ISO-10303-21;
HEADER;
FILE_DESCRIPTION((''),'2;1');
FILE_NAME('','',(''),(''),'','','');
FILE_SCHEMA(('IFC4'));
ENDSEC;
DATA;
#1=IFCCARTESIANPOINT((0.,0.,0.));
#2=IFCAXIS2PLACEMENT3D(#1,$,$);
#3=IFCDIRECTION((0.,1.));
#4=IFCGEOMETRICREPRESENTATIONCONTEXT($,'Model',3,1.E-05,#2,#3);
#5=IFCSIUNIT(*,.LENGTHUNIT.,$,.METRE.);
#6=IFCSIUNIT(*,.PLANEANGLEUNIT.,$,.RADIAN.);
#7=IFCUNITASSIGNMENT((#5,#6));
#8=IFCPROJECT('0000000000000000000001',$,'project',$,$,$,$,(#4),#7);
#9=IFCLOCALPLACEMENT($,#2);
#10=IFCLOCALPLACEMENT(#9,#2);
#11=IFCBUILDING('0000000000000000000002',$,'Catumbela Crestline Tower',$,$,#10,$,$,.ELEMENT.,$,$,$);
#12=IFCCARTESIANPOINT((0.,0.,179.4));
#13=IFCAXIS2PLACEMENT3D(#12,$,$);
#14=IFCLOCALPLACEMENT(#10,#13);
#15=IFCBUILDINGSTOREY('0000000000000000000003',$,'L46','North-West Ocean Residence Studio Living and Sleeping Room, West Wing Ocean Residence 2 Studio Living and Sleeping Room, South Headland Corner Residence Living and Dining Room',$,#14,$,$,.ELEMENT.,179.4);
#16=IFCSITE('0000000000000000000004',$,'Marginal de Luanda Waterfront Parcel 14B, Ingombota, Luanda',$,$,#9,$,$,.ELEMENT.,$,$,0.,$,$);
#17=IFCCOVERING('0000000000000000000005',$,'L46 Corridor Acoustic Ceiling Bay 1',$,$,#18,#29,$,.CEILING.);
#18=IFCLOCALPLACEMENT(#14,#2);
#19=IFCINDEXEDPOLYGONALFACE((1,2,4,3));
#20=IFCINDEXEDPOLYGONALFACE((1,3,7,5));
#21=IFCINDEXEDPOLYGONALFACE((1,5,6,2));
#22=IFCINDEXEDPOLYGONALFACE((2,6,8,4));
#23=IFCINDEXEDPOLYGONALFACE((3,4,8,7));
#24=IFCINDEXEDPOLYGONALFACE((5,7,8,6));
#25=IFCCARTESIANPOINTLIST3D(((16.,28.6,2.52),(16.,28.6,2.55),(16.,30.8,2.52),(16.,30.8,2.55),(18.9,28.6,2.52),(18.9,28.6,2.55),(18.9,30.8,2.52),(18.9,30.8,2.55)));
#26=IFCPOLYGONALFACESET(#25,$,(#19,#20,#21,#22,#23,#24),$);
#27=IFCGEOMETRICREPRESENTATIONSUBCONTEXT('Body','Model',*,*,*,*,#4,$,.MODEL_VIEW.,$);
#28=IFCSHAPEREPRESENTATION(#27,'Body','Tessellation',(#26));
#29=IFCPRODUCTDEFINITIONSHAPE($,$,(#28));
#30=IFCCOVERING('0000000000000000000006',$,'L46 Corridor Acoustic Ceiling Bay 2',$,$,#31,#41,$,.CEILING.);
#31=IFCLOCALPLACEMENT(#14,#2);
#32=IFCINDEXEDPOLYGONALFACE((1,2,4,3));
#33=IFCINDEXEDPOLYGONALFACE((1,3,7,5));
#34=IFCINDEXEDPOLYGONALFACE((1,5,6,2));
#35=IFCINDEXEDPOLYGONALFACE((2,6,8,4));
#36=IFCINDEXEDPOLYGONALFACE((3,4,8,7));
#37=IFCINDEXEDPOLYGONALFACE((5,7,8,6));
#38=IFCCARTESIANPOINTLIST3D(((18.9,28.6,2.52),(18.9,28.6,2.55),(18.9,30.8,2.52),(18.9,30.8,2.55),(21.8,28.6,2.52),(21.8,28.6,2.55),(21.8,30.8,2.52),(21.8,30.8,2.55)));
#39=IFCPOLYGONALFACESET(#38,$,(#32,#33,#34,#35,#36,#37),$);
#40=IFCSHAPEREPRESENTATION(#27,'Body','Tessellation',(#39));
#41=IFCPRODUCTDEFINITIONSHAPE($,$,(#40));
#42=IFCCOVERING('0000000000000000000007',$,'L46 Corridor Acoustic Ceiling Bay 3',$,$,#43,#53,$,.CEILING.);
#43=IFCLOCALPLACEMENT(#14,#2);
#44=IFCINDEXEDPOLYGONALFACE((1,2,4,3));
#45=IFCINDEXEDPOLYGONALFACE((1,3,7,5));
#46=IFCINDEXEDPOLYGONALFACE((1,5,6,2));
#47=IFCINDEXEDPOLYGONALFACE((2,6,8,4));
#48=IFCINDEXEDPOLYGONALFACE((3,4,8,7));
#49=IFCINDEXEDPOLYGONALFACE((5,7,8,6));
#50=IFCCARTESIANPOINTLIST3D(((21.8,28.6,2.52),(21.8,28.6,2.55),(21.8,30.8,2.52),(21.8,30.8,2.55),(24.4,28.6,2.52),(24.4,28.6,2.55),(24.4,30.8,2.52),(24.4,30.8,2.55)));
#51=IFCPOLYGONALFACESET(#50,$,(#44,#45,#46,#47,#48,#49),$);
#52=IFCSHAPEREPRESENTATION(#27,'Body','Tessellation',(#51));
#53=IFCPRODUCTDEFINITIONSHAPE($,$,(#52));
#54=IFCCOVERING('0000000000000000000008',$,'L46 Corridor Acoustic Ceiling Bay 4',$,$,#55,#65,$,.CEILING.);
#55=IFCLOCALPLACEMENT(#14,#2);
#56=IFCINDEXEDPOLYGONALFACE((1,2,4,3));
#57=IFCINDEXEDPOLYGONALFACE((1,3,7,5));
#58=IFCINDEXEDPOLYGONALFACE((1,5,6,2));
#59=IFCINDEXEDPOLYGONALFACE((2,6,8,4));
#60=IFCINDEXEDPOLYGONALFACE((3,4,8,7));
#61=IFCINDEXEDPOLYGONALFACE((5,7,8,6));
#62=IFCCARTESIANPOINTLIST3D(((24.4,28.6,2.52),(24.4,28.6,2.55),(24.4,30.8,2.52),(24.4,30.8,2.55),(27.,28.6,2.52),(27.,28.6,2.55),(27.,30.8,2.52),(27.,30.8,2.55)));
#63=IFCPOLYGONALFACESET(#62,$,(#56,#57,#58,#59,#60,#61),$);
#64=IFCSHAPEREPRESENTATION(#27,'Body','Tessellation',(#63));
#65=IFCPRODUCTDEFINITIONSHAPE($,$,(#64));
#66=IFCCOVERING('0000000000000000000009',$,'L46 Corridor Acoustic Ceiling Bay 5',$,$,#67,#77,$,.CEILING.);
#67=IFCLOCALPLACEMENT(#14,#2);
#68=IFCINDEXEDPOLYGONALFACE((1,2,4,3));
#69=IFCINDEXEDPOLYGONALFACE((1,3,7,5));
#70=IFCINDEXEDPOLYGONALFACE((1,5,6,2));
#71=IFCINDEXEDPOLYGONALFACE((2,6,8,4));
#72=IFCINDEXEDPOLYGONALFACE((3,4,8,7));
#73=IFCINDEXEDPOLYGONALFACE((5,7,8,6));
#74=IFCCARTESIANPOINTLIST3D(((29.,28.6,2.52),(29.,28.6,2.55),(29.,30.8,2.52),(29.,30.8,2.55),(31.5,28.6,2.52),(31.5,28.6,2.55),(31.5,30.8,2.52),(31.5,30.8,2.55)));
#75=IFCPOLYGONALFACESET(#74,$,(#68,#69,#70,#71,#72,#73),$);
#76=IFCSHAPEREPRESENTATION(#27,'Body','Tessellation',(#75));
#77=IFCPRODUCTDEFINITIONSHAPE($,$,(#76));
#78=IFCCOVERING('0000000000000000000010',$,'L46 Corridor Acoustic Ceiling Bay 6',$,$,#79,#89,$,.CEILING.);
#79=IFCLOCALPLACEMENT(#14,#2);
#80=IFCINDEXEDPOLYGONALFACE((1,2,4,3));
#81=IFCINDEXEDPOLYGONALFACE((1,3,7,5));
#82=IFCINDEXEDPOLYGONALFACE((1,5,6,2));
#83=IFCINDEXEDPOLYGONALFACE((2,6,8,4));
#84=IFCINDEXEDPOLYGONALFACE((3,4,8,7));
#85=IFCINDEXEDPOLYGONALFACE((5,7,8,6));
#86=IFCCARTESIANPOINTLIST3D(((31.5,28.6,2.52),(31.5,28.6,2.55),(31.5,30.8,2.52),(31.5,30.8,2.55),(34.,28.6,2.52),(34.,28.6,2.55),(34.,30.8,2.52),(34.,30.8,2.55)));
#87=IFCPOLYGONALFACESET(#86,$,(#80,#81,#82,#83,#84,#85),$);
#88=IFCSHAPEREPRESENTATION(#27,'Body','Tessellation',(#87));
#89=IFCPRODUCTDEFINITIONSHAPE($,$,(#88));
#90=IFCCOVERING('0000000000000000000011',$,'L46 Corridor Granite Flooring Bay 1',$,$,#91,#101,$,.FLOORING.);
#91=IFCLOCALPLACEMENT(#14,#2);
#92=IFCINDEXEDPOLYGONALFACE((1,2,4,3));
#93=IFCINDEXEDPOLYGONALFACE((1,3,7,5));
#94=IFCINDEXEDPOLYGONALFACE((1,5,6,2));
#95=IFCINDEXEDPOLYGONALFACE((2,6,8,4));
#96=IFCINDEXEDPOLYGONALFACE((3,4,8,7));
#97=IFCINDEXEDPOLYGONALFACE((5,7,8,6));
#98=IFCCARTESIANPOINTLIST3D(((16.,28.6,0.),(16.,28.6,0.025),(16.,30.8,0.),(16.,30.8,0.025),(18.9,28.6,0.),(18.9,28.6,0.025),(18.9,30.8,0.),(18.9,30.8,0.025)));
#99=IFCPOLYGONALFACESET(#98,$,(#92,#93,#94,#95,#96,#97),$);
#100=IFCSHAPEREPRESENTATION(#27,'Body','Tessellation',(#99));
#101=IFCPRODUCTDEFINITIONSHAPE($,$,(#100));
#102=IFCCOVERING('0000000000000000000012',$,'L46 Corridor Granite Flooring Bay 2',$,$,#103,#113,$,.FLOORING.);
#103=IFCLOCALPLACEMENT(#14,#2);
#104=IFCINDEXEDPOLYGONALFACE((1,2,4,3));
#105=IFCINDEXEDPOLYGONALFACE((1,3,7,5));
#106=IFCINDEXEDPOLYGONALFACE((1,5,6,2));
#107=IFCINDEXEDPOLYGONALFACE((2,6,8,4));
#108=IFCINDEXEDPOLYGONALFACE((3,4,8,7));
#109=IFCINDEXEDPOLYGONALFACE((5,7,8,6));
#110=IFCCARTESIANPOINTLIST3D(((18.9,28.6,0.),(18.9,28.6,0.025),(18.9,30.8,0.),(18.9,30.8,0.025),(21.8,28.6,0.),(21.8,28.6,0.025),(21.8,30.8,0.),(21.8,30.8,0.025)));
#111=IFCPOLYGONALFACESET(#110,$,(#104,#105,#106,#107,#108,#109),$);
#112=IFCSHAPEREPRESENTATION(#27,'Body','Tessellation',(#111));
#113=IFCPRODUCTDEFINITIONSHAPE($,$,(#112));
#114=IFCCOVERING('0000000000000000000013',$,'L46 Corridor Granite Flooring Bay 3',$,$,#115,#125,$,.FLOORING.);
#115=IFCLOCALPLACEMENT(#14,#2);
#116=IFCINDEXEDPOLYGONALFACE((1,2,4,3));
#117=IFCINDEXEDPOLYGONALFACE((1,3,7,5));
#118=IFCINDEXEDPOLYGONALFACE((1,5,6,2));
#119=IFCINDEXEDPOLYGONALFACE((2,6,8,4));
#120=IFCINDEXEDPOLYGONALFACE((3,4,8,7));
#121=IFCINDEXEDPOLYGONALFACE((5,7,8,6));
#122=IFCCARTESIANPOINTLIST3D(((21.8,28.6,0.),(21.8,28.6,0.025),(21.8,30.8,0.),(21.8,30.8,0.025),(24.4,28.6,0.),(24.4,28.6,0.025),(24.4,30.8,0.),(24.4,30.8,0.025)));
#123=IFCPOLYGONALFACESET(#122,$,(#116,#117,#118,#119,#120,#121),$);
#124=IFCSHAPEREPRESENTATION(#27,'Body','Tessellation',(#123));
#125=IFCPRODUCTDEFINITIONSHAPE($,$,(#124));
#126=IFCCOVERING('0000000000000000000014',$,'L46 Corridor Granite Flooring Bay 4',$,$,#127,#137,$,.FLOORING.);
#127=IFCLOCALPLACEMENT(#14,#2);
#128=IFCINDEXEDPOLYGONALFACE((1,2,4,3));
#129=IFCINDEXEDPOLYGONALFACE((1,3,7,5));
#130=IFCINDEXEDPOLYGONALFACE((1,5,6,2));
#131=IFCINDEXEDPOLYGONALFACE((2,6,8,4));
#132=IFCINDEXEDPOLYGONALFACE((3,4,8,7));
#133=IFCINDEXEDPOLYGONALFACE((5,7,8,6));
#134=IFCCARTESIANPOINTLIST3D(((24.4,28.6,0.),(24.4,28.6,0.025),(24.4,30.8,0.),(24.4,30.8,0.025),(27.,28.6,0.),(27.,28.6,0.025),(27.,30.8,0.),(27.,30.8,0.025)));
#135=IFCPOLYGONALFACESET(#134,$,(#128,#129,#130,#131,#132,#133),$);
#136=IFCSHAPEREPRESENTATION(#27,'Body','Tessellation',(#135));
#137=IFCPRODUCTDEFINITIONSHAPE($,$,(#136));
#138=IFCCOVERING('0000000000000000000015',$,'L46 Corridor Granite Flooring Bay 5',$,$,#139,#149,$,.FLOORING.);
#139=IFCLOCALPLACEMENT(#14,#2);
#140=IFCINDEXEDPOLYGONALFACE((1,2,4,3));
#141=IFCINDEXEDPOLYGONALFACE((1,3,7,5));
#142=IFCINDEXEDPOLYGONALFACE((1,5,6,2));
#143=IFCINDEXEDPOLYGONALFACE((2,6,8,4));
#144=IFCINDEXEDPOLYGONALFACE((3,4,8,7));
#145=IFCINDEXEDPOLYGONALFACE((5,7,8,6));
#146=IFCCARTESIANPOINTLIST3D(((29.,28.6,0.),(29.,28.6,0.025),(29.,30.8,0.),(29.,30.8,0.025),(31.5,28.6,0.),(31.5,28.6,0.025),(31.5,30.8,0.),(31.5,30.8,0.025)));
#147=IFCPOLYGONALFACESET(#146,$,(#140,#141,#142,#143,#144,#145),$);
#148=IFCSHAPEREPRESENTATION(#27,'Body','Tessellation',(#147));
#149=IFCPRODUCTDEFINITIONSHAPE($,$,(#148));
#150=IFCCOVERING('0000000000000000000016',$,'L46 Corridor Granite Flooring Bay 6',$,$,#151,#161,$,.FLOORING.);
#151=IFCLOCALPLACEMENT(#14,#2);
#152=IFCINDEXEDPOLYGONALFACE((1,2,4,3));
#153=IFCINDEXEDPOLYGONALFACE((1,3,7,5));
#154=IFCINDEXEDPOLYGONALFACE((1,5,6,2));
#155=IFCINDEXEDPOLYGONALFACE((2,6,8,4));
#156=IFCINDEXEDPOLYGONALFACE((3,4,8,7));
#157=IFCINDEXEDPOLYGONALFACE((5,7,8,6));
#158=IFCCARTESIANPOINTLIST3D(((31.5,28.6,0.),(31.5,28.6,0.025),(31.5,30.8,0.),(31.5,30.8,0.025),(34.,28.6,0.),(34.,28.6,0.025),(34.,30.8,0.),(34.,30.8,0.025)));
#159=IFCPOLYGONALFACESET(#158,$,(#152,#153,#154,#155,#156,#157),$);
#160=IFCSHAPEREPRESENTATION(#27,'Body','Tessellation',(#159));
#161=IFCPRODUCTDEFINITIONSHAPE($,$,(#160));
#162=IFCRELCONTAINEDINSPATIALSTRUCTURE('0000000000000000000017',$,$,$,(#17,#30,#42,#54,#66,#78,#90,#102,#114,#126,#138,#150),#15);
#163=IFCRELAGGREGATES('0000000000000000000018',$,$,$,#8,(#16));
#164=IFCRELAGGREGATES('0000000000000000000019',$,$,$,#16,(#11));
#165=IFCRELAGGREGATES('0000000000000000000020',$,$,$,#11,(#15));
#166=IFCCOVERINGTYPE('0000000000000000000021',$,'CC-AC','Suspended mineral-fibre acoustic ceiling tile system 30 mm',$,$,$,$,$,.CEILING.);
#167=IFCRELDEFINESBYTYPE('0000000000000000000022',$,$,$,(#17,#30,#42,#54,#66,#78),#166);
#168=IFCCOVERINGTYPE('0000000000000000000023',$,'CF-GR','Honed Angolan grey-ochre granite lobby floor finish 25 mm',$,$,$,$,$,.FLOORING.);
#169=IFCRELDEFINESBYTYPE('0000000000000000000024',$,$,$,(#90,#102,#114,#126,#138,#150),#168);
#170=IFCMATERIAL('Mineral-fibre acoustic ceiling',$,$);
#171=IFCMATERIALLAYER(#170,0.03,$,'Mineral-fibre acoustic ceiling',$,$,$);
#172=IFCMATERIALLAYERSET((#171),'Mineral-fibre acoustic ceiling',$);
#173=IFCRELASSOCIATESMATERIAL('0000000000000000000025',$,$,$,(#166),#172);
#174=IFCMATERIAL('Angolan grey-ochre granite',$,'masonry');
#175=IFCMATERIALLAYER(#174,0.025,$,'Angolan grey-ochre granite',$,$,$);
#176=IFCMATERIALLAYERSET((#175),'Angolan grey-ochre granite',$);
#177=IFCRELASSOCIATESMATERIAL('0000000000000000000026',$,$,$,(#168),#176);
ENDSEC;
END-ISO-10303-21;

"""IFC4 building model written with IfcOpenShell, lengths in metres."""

from ifc_helpers import new_model, si_unit, direction, frame, origin, place, context, subcontext, project, spatial, polyline, outline, extrude, material, layer, layer_set, type_object, element, save


model = new_model("IFC4")

# Units and contexts
model_context = context("Model", 3, precision=1e-05, world=origin(), true_north=direction((0.0, 1.0)))
body_context = subcontext(model_context, "Body", "Model", "MODEL_VIEW")
ifc_project = project(units=[si_unit("LENGTHUNIT", "METRE"), si_unit("PLANEANGLEUNIT", "RADIAN")], contexts=[model_context])

# Site, building, storey
site_placement = place(None, origin())
site = spatial("IfcSite", under=ifc_project, at=site_placement, Name="Marginal de Luanda Waterfront Parcel 14B, Ingombota, Luanda", CompositionType="ELEMENT", RefElevation=0.0)
building_placement = place(site_placement, origin())
building = spatial("IfcBuilding", under=site, at=building_placement, Name="Catumbela Crestline Tower", CompositionType="ELEMENT")
storey_placement = place(building_placement, frame((0.0, 0.0, 179.4)))
storey = spatial("IfcBuildingStorey", under=building, at=storey_placement, Name="L46", Description="North-West Ocean Residence Studio Living and Sleeping Room, West Wing Ocean Residence 2 Studio Living and Sleeping Room, South Headland Corner Residence Living and Dining Room", CompositionType="ELEMENT", Elevation=179.4)

# Coverings
ifc_material_1 = material(Name="Mineral-fibre acoustic ceiling")
ifc_layer_1 = layer(ifc_material_1, 0.03, Name="Mineral-fibre acoustic ceiling")
ifc_layer_set_1 = layer_set([ifc_layer_1], Name="Mineral-fibre acoustic ceiling")
covering_type_1 = type_object("IfcCoveringType", Name="CC-AC", Description="Suspended mineral-fibre acoustic ceiling tile system 30 mm", PredefinedType="CEILING", material=ifc_layer_set_1)
covering_1_placement = place(storey_placement, frame((0.0, 0.0, 2.52)))
element("IfcCovering", 1, at=covering_1_placement, inside=storey, type_object=covering_type_1, Name="L46 Corridor Acoustic Ceiling Bay 1", PredefinedType="CEILING", context=body_context, shape_type="SweptSolid", body=[
    extrude(outline(polyline([(16.0, 28.6), (18.9, 28.6), (18.9, 30.8), (16.0, 30.8), (16.0, 28.6)])), origin(), (0.0, 0.0, 1.0), 0.03),
])
covering_2_placement = place(storey_placement, frame((0.0, 0.0, 2.52)))
element("IfcCovering", 2, at=covering_2_placement, inside=storey, type_object=covering_type_1, Name="L46 Corridor Acoustic Ceiling Bay 2", PredefinedType="CEILING", context=body_context, shape_type="SweptSolid", body=[
    extrude(outline(polyline([(18.9, 28.6), (21.8, 28.6), (21.8, 30.8), (18.9, 30.8), (18.9, 28.6)])), origin(), (0.0, 0.0, 1.0), 0.03),
])
covering_3_placement = place(storey_placement, frame((0.0, 0.0, 2.52)))
element("IfcCovering", 3, at=covering_3_placement, inside=storey, type_object=covering_type_1, Name="L46 Corridor Acoustic Ceiling Bay 3", PredefinedType="CEILING", context=body_context, shape_type="SweptSolid", body=[
    extrude(outline(polyline([(21.8, 28.6), (24.4, 28.6), (24.4, 30.8), (21.8, 30.8), (21.8, 28.6)])), origin(), (0.0, 0.0, 1.0), 0.03),
])
covering_4_placement = place(storey_placement, frame((0.0, 0.0, 2.52)))
element("IfcCovering", 4, at=covering_4_placement, inside=storey, type_object=covering_type_1, Name="L46 Corridor Acoustic Ceiling Bay 4", PredefinedType="CEILING", context=body_context, shape_type="SweptSolid", body=[
    extrude(outline(polyline([(24.4, 28.6), (27.0, 28.6), (27.0, 30.8), (24.4, 30.8), (24.4, 28.6)])), origin(), (0.0, 0.0, 1.0), 0.03),
])
covering_5_placement = place(storey_placement, frame((0.0, 0.0, 2.52)))
element("IfcCovering", 5, at=covering_5_placement, inside=storey, type_object=covering_type_1, Name="L46 Corridor Acoustic Ceiling Bay 5", PredefinedType="CEILING", context=body_context, shape_type="SweptSolid", body=[
    extrude(outline(polyline([(29.0, 28.6), (31.5, 28.6), (31.5, 30.8), (29.0, 30.8), (29.0, 28.6)])), origin(), (0.0, 0.0, 1.0), 0.03),
])
covering_6_placement = place(storey_placement, frame((0.0, 0.0, 2.52)))
element("IfcCovering", 6, at=covering_6_placement, inside=storey, type_object=covering_type_1, Name="L46 Corridor Acoustic Ceiling Bay 6", PredefinedType="CEILING", context=body_context, shape_type="SweptSolid", body=[
    extrude(outline(polyline([(31.5, 28.6), (34.0, 28.6), (34.0, 30.8), (31.5, 30.8), (31.5, 28.6)])), origin(), (0.0, 0.0, 1.0), 0.03),
])
ifc_material_2 = material(Name="Angolan grey-ochre granite", Category="masonry")
ifc_layer_2 = layer(ifc_material_2, 0.025, Name="Angolan grey-ochre granite")
ifc_layer_set_2 = layer_set([ifc_layer_2], Name="Angolan grey-ochre granite")
covering_type_2 = type_object("IfcCoveringType", Name="CF-GR", Description="Honed Angolan grey-ochre granite lobby floor finish 25 mm", PredefinedType="FLOORING", material=ifc_layer_set_2)
covering_7_placement = place(storey_placement, origin())
element("IfcCovering", 7, at=covering_7_placement, inside=storey, type_object=covering_type_2, Name="L46 Corridor Granite Flooring Bay 1", PredefinedType="FLOORING", context=body_context, shape_type="SweptSolid", body=[
    extrude(outline(polyline([(16.0, 28.6), (18.9, 28.6), (18.9, 30.8), (16.0, 30.8), (16.0, 28.6)])), origin(), (0.0, 0.0, 1.0), 0.025),
])
covering_8_placement = place(storey_placement, origin())
element("IfcCovering", 8, at=covering_8_placement, inside=storey, type_object=covering_type_2, Name="L46 Corridor Granite Flooring Bay 2", PredefinedType="FLOORING", context=body_context, shape_type="SweptSolid", body=[
    extrude(outline(polyline([(18.9, 28.6), (21.8, 28.6), (21.8, 30.8), (18.9, 30.8), (18.9, 28.6)])), origin(), (0.0, 0.0, 1.0), 0.025),
])
covering_9_placement = place(storey_placement, origin())
element("IfcCovering", 9, at=covering_9_placement, inside=storey, type_object=covering_type_2, Name="L46 Corridor Granite Flooring Bay 3", PredefinedType="FLOORING", context=body_context, shape_type="SweptSolid", body=[
    extrude(outline(polyline([(21.8, 28.6), (24.4, 28.6), (24.4, 30.8), (21.8, 30.8), (21.8, 28.6)])), origin(), (0.0, 0.0, 1.0), 0.025),
])
covering_10_placement = place(storey_placement, origin())
element("IfcCovering", 10, at=covering_10_placement, inside=storey, type_object=covering_type_2, Name="L46 Corridor Granite Flooring Bay 4", PredefinedType="FLOORING", context=body_context, shape_type="SweptSolid", body=[
    extrude(outline(polyline([(24.4, 28.6), (27.0, 28.6), (27.0, 30.8), (24.4, 30.8), (24.4, 28.6)])), origin(), (0.0, 0.0, 1.0), 0.025),
])
covering_11_placement = place(storey_placement, origin())
element("IfcCovering", 11, at=covering_11_placement, inside=storey, type_object=covering_type_2, Name="L46 Corridor Granite Flooring Bay 5", PredefinedType="FLOORING", context=body_context, shape_type="SweptSolid", body=[
    extrude(outline(polyline([(29.0, 28.6), (31.5, 28.6), (31.5, 30.8), (29.0, 30.8), (29.0, 28.6)])), origin(), (0.0, 0.0, 1.0), 0.025),
])
covering_12_placement = place(storey_placement, origin())
element("IfcCovering", 12, at=covering_12_placement, inside=storey, type_object=covering_type_2, Name="L46 Corridor Granite Flooring Bay 6", PredefinedType="FLOORING", context=body_context, shape_type="SweptSolid", body=[
    extrude(outline(polyline([(31.5, 28.6), (34.0, 28.6), (34.0, 30.8), (31.5, 30.8), (31.5, 28.6)])), origin(), (0.0, 0.0, 1.0), 0.025),
])

save(model, "model.ifc")
